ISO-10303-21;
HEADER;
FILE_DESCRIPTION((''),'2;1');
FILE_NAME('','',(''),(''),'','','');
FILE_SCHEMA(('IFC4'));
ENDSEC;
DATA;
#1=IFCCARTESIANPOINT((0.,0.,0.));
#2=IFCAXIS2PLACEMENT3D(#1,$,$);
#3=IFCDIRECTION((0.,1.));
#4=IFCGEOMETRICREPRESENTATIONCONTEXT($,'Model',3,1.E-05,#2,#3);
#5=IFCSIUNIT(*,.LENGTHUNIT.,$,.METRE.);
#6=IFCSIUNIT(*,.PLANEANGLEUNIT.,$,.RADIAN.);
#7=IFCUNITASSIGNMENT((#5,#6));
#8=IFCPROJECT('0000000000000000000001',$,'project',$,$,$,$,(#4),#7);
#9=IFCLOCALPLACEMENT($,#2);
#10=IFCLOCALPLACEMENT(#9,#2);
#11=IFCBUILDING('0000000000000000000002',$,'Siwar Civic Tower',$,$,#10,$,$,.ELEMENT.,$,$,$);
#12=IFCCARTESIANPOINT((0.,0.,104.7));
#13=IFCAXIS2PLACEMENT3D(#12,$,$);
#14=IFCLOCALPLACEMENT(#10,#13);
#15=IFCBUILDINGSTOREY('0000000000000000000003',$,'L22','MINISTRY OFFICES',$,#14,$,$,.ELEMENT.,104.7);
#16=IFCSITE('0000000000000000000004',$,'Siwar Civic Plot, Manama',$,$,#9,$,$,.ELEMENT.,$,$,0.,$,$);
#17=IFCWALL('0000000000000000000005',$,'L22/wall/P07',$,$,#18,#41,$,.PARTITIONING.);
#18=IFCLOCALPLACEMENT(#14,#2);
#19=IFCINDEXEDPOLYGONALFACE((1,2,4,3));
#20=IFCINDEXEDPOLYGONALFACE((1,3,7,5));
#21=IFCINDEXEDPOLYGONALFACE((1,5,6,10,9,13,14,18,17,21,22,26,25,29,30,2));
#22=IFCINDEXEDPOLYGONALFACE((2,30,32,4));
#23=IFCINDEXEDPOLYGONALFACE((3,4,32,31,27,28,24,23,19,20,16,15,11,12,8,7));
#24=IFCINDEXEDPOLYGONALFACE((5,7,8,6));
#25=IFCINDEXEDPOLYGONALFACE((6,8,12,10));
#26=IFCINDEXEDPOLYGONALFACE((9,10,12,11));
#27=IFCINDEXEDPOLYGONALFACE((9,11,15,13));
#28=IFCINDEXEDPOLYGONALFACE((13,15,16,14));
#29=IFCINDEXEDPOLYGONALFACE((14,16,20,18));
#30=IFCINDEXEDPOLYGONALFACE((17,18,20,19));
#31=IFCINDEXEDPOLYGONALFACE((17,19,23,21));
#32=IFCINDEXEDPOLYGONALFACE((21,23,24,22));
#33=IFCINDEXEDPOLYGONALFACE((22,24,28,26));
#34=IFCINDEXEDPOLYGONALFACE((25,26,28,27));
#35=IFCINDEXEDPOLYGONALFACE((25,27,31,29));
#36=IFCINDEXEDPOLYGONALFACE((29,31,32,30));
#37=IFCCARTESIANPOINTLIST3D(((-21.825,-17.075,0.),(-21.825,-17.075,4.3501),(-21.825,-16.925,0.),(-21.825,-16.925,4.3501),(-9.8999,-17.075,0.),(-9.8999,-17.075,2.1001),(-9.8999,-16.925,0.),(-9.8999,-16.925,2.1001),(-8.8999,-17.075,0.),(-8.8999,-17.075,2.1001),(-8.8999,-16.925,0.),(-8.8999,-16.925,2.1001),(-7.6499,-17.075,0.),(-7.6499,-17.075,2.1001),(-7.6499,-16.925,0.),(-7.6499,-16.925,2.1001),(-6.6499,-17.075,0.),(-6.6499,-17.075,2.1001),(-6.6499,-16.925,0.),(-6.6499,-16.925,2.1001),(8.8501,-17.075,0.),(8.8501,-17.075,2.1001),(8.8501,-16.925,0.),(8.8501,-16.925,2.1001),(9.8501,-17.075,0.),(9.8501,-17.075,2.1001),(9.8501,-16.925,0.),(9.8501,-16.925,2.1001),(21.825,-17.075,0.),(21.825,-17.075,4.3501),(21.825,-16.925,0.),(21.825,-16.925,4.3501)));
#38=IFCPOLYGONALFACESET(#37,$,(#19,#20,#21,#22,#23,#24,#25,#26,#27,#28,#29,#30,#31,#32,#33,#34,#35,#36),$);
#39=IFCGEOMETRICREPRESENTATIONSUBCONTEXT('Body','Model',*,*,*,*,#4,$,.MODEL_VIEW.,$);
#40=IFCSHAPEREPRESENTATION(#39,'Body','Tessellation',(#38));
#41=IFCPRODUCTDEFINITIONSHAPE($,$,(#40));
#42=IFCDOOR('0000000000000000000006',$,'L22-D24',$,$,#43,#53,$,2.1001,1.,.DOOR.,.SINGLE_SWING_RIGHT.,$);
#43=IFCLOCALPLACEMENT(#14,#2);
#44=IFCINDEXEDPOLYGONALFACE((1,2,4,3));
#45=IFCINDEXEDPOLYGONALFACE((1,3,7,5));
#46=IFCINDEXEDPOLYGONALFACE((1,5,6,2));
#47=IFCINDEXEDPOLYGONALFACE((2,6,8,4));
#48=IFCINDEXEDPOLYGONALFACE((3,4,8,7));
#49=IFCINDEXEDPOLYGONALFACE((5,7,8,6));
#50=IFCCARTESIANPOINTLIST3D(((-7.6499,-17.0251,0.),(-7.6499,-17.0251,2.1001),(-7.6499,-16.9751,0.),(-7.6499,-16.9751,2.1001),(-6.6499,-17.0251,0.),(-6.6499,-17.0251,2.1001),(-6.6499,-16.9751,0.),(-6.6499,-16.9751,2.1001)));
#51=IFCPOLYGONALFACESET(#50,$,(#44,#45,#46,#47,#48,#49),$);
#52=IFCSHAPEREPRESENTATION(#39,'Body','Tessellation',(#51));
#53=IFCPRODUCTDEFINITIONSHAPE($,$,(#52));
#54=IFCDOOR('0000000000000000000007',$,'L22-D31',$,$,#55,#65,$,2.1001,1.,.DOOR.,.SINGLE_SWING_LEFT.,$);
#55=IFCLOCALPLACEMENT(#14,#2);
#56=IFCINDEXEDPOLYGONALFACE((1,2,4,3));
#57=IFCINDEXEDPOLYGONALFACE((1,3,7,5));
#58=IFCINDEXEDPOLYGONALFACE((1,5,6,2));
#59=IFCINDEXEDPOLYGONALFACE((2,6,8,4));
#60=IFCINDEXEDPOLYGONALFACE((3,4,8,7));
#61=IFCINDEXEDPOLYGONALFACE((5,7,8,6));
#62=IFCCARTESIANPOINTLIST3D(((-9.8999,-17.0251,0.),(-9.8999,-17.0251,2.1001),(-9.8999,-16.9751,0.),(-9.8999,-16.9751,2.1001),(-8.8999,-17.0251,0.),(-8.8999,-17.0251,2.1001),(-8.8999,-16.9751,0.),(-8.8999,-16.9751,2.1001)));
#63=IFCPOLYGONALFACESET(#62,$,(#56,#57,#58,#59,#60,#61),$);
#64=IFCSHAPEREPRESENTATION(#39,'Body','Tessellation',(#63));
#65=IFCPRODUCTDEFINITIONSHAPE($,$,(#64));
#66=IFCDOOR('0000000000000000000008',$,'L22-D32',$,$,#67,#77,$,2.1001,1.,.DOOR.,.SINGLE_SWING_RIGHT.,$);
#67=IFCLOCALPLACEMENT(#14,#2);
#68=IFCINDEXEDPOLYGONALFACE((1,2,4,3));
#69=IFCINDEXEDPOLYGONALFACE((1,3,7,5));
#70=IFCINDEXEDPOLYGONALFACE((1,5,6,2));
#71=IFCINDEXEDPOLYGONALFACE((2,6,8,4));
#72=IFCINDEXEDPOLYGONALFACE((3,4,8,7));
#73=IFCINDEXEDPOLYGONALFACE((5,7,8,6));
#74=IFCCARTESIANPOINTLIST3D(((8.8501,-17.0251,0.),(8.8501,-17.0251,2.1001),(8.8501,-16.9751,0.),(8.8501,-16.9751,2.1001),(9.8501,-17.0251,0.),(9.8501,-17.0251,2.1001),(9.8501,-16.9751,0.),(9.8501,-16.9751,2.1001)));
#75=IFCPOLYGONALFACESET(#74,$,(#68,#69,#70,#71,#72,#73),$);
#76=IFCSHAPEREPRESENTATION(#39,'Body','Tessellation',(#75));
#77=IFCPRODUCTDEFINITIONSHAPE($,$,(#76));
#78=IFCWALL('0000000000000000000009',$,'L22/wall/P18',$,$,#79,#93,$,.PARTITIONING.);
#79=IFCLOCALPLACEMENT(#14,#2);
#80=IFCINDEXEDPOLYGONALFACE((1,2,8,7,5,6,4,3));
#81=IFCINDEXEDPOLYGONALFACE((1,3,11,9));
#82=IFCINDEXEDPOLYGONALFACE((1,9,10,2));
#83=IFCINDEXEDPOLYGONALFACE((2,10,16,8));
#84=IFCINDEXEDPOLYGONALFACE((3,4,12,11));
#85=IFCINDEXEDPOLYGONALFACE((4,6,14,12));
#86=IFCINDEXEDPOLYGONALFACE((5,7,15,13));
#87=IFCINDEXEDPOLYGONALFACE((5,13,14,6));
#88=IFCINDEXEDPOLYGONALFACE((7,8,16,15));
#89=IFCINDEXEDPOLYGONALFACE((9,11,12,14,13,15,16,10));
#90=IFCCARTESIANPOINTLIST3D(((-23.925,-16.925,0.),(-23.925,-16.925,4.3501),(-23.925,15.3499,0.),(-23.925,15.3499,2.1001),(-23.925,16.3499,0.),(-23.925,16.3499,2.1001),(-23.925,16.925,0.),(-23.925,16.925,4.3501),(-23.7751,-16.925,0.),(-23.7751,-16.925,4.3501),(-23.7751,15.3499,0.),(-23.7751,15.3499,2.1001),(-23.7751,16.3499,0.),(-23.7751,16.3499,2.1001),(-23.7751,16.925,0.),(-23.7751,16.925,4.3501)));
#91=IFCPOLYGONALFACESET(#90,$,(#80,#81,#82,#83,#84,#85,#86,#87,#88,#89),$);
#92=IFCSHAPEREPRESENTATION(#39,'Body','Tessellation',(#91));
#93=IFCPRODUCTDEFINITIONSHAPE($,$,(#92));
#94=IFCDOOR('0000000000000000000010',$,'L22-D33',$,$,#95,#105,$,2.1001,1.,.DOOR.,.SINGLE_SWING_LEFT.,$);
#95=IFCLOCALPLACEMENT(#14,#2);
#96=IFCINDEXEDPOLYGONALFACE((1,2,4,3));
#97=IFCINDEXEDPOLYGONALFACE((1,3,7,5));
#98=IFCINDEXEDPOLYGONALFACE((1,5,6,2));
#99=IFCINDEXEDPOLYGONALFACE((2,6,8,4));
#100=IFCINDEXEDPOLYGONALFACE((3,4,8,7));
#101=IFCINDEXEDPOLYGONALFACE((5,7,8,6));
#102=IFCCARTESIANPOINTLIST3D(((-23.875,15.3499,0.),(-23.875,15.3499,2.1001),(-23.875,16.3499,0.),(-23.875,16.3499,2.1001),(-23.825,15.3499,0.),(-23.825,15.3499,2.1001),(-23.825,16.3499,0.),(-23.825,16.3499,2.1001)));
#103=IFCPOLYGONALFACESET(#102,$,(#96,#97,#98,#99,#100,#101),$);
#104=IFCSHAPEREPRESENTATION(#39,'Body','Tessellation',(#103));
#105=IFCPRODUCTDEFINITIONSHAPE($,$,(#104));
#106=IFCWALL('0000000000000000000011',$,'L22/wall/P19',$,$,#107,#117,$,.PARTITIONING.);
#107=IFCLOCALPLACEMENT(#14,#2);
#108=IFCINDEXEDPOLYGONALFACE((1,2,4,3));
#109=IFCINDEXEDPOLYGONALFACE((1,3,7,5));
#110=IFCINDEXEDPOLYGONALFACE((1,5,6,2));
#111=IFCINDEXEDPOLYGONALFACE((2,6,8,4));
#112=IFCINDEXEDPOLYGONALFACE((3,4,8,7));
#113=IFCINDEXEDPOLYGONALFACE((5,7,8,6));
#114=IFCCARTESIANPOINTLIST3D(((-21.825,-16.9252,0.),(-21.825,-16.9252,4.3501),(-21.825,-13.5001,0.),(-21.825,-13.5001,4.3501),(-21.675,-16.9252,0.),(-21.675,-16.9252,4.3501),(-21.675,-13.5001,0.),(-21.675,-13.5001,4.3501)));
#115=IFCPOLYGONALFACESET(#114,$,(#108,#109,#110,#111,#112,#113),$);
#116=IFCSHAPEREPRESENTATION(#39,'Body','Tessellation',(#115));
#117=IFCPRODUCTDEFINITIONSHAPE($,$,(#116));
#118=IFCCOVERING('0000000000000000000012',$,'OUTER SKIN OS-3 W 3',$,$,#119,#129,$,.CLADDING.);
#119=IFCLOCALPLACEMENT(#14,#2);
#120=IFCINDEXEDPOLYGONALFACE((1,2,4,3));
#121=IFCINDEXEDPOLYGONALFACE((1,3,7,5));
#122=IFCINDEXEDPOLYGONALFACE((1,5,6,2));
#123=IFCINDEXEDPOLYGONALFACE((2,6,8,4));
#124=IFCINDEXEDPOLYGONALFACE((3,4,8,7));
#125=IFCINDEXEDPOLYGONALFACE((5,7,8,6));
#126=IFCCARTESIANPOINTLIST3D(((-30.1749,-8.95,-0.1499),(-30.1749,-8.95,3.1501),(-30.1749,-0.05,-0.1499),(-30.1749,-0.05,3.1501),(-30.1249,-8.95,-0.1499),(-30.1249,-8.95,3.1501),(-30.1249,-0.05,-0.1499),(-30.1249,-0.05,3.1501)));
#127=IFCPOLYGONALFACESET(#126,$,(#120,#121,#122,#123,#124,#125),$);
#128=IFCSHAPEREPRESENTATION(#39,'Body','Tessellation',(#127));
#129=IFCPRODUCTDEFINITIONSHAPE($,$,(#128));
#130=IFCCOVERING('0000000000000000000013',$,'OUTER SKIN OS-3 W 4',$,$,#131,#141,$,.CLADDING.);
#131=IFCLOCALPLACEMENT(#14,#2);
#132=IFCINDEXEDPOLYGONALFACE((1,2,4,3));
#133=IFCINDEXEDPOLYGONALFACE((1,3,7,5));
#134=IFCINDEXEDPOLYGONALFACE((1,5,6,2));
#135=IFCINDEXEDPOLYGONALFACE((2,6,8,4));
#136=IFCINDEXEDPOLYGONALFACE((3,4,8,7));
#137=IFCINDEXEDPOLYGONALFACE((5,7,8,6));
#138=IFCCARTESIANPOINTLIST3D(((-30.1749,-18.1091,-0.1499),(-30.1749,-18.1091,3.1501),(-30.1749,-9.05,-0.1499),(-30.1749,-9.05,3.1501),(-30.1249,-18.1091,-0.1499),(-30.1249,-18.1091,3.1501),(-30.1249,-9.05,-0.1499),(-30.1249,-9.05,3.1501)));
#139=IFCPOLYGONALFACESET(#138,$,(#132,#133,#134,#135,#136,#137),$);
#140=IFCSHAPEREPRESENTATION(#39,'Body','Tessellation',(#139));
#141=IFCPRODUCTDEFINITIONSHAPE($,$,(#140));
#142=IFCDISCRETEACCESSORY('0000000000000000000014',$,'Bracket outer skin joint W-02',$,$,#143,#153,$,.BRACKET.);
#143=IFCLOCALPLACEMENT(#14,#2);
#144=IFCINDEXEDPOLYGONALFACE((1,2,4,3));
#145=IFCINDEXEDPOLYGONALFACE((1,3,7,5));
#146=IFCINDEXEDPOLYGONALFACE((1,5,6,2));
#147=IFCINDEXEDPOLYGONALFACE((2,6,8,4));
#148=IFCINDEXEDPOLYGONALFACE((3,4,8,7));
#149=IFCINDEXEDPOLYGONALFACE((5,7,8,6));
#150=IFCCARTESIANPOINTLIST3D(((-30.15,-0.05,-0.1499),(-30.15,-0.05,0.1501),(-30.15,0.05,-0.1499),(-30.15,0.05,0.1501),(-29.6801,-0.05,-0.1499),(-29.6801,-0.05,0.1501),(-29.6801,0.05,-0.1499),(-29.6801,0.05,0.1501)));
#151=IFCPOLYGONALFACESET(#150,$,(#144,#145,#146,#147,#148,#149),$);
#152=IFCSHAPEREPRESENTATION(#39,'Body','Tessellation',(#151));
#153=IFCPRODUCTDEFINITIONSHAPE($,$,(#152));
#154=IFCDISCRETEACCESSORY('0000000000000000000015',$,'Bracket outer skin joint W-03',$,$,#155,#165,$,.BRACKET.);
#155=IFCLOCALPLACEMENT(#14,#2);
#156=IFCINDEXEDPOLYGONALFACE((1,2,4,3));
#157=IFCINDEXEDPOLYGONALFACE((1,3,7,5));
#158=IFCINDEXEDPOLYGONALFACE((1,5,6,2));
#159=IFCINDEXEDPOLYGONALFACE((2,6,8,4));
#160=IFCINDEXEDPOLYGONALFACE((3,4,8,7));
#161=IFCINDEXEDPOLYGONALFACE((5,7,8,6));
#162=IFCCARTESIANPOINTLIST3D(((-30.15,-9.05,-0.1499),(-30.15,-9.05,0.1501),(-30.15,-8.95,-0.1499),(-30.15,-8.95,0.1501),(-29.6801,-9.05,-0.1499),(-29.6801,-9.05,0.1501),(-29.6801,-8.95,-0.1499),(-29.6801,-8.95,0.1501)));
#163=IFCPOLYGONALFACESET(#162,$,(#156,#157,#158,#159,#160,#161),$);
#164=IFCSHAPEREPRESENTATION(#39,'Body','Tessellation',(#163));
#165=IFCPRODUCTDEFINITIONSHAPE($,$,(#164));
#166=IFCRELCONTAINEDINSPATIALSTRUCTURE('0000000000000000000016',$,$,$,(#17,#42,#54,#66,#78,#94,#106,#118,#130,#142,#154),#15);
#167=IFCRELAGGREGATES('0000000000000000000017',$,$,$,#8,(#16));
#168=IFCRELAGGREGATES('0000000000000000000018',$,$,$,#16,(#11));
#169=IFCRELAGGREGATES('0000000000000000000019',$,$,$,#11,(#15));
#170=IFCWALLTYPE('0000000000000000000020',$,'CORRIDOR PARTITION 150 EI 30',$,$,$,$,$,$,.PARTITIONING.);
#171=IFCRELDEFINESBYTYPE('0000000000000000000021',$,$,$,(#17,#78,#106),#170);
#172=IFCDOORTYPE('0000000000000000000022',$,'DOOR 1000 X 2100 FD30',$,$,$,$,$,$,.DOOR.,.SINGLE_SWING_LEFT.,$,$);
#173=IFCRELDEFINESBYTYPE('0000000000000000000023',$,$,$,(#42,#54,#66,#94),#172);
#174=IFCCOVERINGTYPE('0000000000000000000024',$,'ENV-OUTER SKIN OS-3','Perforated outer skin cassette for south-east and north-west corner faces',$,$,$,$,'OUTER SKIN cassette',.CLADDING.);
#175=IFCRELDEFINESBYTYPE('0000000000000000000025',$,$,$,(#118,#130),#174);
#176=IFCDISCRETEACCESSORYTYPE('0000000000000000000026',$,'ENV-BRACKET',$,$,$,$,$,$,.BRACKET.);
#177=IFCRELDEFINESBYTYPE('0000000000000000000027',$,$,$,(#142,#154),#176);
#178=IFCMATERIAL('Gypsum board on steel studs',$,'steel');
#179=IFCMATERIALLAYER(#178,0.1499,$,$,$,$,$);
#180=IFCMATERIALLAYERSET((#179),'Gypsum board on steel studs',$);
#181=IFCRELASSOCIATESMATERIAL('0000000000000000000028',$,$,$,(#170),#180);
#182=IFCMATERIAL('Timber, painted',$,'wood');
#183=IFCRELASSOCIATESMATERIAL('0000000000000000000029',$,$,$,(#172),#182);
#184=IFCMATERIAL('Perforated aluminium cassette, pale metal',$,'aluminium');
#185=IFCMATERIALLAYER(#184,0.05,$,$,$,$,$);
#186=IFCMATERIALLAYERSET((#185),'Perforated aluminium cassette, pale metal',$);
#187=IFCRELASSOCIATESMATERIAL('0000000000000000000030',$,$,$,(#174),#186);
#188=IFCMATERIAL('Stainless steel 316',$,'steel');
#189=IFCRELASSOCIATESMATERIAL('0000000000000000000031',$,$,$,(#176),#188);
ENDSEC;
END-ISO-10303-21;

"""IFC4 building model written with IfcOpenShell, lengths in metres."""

from ifc_helpers import new_model, si_unit, direction, frame, frame_2d, origin, origin_2d, place, context, subcontext, project, spatial, rectangle, extrude, material, layer, layer_set, type_object, element, fill, save


model = new_model("IFC4")

# Units and contexts
model_context = context("Model", 3, precision=1e-05, world=origin(), true_north=direction((0.0, 1.0)))
body_context = subcontext(model_context, "Body", "Model", "MODEL_VIEW")
ifc_project = project(units=[si_unit("LENGTHUNIT", "METRE"), si_unit("PLANEANGLEUNIT", "RADIAN")], contexts=[model_context])

# Site, building, storey
site_placement = place(None, origin())
site = spatial("IfcSite", under=ifc_project, at=site_placement, Name="Siwar Civic Plot, Manama", CompositionType="ELEMENT", RefElevation=0.0)
building_placement = place(site_placement, origin())
building = spatial("IfcBuilding", under=site, at=building_placement, Name="Siwar Civic Tower", CompositionType="ELEMENT")
storey_placement = place(building_placement, frame((0.0, 0.0, 104.7)))
storey = spatial("IfcBuildingStorey", under=building, at=storey_placement, Name="L22", Description="MINISTRY OFFICES", CompositionType="ELEMENT", Elevation=104.7)

# Shared definitions
ifc_material_1 = material(Name="Gypsum board on steel studs", Category="steel")
ifc_layer_1 = layer(ifc_material_1, 0.1499)
ifc_layer_set_1 = layer_set([ifc_layer_1], Name="Gypsum board on steel studs")
wall_type_1 = type_object("IfcWallType", Name="CORRIDOR PARTITION 150 EI 30", PredefinedType="PARTITIONING", material=ifc_layer_set_1)

# Wall, openings, doors
wall_1_placement = place(storey_placement, frame((-21.825, -17.0, 0.0), z_axis=(0.0, 0.0, 1.0), x_axis=(1.0, 0.0, 0.0)))
wall_1 = element("IfcWall", 1, at=wall_1_placement, inside=storey, type_object=wall_type_1, Name="L22/wall/P07", PredefinedType="PARTITIONING", context=body_context, shape_type="SweptSolid", body=[
    extrude(rectangle(XDim=43.6499, YDim=0.1499, at=frame_2d((21.825, 0.0))), origin(), (0.0, 0.0, 1.0), 4.3501),
])
opening_1_placement = place(wall_1_placement, frame((14.175, 0.0, 0.0)))
opening_1 = element("IfcOpeningElement", 2, at=opening_1_placement, cuts=wall_1, PredefinedType="OPENING", context=body_context, shape_type="SweptSolid", body=[
    extrude(rectangle(XDim=1.0, YDim=2.1001, at=frame_2d((0.5, 1.05))), frame((0.0, 0.085, 0.0), z_axis=(0.0, -1.0, 0.0), x_axis=(1.0, 0.0, 0.0)), (0.0, 0.0, 1.0), 0.1699),
])
opening_2_placement = place(wall_1_placement, frame((11.925, 0.0, 0.0)))
opening_2 = element("IfcOpeningElement", 3, at=opening_2_placement, cuts=wall_1, PredefinedType="OPENING", context=body_context, shape_type="SweptSolid", body=[
    extrude(rectangle(XDim=1.0, YDim=2.1001, at=frame_2d((0.5, 1.05))), frame((0.0, 0.085, 0.0), z_axis=(0.0, -1.0, 0.0), x_axis=(1.0, 0.0, 0.0)), (0.0, 0.0, 1.0), 0.1699),
])
opening_3_placement = place(wall_1_placement, frame((30.675, 0.0, 0.0)))
opening_3 = element("IfcOpeningElement", 4, at=opening_3_placement, cuts=wall_1, PredefinedType="OPENING", context=body_context, shape_type="SweptSolid", body=[
    extrude(rectangle(XDim=1.0, YDim=2.1001, at=frame_2d((0.5, 1.05))), frame((0.0, 0.085, 0.0), z_axis=(0.0, -1.0, 0.0), x_axis=(1.0, 0.0, 0.0)), (0.0, 0.0, 1.0), 0.1699),
])
ifc_material_2 = material(Name="Timber, painted", Category="wood")
door_type_1 = type_object("IfcDoorType", Name="DOOR 1000 X 2100 FD30", OperationType="SINGLE_SWING_LEFT", PredefinedType="DOOR", material=ifc_material_2)
door_1_placement = place(opening_1_placement, origin())
door_1 = element("IfcDoor", 5, at=door_1_placement, inside=storey, type_object=door_type_1, Name="L22-D24", OperationType="SINGLE_SWING_RIGHT", OverallHeight=2.1001, OverallWidth=1.0, PredefinedType="DOOR", context=body_context, shape_type="SweptSolid", body=[
    extrude(rectangle(XDim=1.0, YDim=2.1001, at=frame_2d((0.5, 1.05))), frame((0.0, 0.0249, 0.0), z_axis=(0.0, -1.0, 0.0), x_axis=(1.0, 0.0, 0.0)), (0.0, 0.0, 1.0), 0.05),
])
fill(opening_1, door_1)
door_2_placement = place(opening_2_placement, origin())
door_2 = element("IfcDoor", 6, at=door_2_placement, inside=storey, type_object=door_type_1, Name="L22-D31", OperationType="SINGLE_SWING_LEFT", OverallHeight=2.1001, OverallWidth=1.0, PredefinedType="DOOR", context=body_context, shape_type="SweptSolid", body=[
    extrude(rectangle(XDim=1.0, YDim=2.1001, at=frame_2d((0.5, 1.05))), frame((0.0, 0.0249, 0.0), z_axis=(0.0, -1.0, 0.0), x_axis=(1.0, 0.0, 0.0)), (0.0, 0.0, 1.0), 0.05),
])
fill(opening_2, door_2)
door_3_placement = place(opening_3_placement, origin())
door_3 = element("IfcDoor", 7, at=door_3_placement, inside=storey, type_object=door_type_1, Name="L22-D32", OperationType="SINGLE_SWING_RIGHT", OverallHeight=2.1001, OverallWidth=1.0, PredefinedType="DOOR", context=body_context, shape_type="SweptSolid", body=[
    extrude(rectangle(XDim=1.0, YDim=2.1001, at=frame_2d((0.5, 1.05))), frame((0.0, 0.0249, 0.0), z_axis=(0.0, -1.0, 0.0), x_axis=(1.0, 0.0, 0.0)), (0.0, 0.0, 1.0), 0.05),
])
fill(opening_3, door_3)

# Wall, opening, door
wall_2_placement = place(storey_placement, frame((-23.8501, -16.925, 0.0), z_axis=(0.0, 0.0, 1.0), x_axis=(0.0, 1.0, 0.0)))
wall_2 = element("IfcWall", 8, at=wall_2_placement, inside=storey, type_object=wall_type_1, Name="L22/wall/P18", PredefinedType="PARTITIONING", context=body_context, shape_type="SweptSolid", body=[
    extrude(rectangle(XDim=33.8501, YDim=0.1499, at=frame_2d((16.925, 0.0))), origin(), (0.0, 0.0, 1.0), 4.3501),
])
opening_4_placement = place(wall_2_placement, frame((32.2749, 0.0, 0.0)))
opening_4 = element("IfcOpeningElement", 9, at=opening_4_placement, cuts=wall_2, PredefinedType="OPENING", context=body_context, shape_type="SweptSolid", body=[
    extrude(rectangle(XDim=1.0, YDim=2.1001, at=frame_2d((0.5, 1.05))), frame((0.0, 0.085, 0.0), z_axis=(0.0, -1.0, 0.0), x_axis=(1.0, 0.0, 0.0)), (0.0, 0.0, 1.0), 0.1699),
])
door_4_placement = place(opening_4_placement, origin())
door_4 = element("IfcDoor", 10, at=door_4_placement, inside=storey, type_object=door_type_1, Name="L22-D33", OperationType="SINGLE_SWING_LEFT", OverallHeight=2.1001, OverallWidth=1.0, PredefinedType="DOOR", context=body_context, shape_type="SweptSolid", body=[
    extrude(rectangle(XDim=1.0, YDim=2.1001, at=frame_2d((0.5, 1.05))), frame((0.0, 0.0249, 0.0), z_axis=(0.0, -1.0, 0.0), x_axis=(1.0, 0.0, 0.0)), (0.0, 0.0, 1.0), 0.05),
])
fill(opening_4, door_4)

# Wall
wall_3_placement = place(storey_placement, frame((-21.75, -16.925, 0.0), z_axis=(0.0, 0.0, 1.0), x_axis=(0.0, 1.0, 0.0)))
element("IfcWall", 11, at=wall_3_placement, inside=storey, type_object=wall_type_1, Name="L22/wall/P19", PredefinedType="PARTITIONING", context=body_context, shape_type="SweptSolid", body=[
    extrude(rectangle(XDim=3.425, YDim=0.1499, at=frame_2d((1.7124, 0.0))), origin(), (0.0, 0.0, 1.0), 4.3501),
])

# Coverings
ifc_material_3 = material(Name="Perforated aluminium cassette, pale metal", Category="aluminium")
ifc_layer_2 = layer(ifc_material_3, 0.05)
ifc_layer_set_2 = layer_set([ifc_layer_2], Name="Perforated aluminium cassette, pale metal")
covering_type = type_object("IfcCoveringType", Name="ENV-OUTER SKIN OS-3", Description="Perforated outer skin cassette for south-east and north-west corner faces", ElementType="OUTER SKIN cassette", PredefinedType="CLADDING", material=ifc_layer_set_2)
covering_1_placement = place(storey_placement, frame((-30.1499, -4.5, -0.1499), z_axis=(0.0, 0.0, 1.0), x_axis=(0.0, -1.0, 0.0)))
element("IfcCovering", 12, at=covering_1_placement, inside=storey, type_object=covering_type, Name="OUTER SKIN OS-3 W 3", PredefinedType="CLADDING", context=body_context, shape_type="SweptSolid", body=[
    extrude(rectangle(XDim=8.8999, YDim=0.05, at=origin_2d()), origin(), (0.0, 0.0, 1.0), 3.3),
])
covering_2_placement = place(storey_placement, frame((-30.1499, -13.5796, -0.1499), z_axis=(0.0, 0.0, 1.0), x_axis=(0.0, -1.0, 0.0)))
element("IfcCovering", 13, at=covering_2_placement, inside=storey, type_object=covering_type, Name="OUTER SKIN OS-3 W 4", PredefinedType="CLADDING", context=body_context, shape_type="SweptSolid", body=[
    extrude(rectangle(XDim=9.0591, YDim=0.05, at=origin_2d()), origin(), (0.0, 0.0, 1.0), 3.3),
])

# Discrete accessories
ifc_material_4 = material(Name="Stainless steel 316", Category="steel")
discrete_accessory_type = type_object("IfcDiscreteAccessoryType", Name="ENV-BRACKET", PredefinedType="BRACKET", material=ifc_material_4)
for number, where, z_axis, x_axis, name in (
    (14, (-29.915, 0.0, -0.1499), (0.0, 0.0, 1.0), (-1.0, 0.0, 0.0), "Bracket outer skin joint W-02"),
    (15, (-29.915, -9.0, -0.1499), (0.0, 0.0, 1.0), (-1.0, 0.0, 0.0), "Bracket outer skin joint W-03"),
):
    element("IfcDiscreteAccessory", number, at=place(storey_placement, frame(where, z_axis=z_axis, x_axis=x_axis)), inside=storey, type_object=discrete_accessory_type, Name=name, PredefinedType="BRACKET", context=body_context, shape_type="SweptSolid", body=[
        extrude(rectangle(XDim=0.47, YDim=0.1001, at=origin_2d()), origin(), (0.0, 0.0, 1.0), 0.3),
    ])

save(model, "model.ifc")
